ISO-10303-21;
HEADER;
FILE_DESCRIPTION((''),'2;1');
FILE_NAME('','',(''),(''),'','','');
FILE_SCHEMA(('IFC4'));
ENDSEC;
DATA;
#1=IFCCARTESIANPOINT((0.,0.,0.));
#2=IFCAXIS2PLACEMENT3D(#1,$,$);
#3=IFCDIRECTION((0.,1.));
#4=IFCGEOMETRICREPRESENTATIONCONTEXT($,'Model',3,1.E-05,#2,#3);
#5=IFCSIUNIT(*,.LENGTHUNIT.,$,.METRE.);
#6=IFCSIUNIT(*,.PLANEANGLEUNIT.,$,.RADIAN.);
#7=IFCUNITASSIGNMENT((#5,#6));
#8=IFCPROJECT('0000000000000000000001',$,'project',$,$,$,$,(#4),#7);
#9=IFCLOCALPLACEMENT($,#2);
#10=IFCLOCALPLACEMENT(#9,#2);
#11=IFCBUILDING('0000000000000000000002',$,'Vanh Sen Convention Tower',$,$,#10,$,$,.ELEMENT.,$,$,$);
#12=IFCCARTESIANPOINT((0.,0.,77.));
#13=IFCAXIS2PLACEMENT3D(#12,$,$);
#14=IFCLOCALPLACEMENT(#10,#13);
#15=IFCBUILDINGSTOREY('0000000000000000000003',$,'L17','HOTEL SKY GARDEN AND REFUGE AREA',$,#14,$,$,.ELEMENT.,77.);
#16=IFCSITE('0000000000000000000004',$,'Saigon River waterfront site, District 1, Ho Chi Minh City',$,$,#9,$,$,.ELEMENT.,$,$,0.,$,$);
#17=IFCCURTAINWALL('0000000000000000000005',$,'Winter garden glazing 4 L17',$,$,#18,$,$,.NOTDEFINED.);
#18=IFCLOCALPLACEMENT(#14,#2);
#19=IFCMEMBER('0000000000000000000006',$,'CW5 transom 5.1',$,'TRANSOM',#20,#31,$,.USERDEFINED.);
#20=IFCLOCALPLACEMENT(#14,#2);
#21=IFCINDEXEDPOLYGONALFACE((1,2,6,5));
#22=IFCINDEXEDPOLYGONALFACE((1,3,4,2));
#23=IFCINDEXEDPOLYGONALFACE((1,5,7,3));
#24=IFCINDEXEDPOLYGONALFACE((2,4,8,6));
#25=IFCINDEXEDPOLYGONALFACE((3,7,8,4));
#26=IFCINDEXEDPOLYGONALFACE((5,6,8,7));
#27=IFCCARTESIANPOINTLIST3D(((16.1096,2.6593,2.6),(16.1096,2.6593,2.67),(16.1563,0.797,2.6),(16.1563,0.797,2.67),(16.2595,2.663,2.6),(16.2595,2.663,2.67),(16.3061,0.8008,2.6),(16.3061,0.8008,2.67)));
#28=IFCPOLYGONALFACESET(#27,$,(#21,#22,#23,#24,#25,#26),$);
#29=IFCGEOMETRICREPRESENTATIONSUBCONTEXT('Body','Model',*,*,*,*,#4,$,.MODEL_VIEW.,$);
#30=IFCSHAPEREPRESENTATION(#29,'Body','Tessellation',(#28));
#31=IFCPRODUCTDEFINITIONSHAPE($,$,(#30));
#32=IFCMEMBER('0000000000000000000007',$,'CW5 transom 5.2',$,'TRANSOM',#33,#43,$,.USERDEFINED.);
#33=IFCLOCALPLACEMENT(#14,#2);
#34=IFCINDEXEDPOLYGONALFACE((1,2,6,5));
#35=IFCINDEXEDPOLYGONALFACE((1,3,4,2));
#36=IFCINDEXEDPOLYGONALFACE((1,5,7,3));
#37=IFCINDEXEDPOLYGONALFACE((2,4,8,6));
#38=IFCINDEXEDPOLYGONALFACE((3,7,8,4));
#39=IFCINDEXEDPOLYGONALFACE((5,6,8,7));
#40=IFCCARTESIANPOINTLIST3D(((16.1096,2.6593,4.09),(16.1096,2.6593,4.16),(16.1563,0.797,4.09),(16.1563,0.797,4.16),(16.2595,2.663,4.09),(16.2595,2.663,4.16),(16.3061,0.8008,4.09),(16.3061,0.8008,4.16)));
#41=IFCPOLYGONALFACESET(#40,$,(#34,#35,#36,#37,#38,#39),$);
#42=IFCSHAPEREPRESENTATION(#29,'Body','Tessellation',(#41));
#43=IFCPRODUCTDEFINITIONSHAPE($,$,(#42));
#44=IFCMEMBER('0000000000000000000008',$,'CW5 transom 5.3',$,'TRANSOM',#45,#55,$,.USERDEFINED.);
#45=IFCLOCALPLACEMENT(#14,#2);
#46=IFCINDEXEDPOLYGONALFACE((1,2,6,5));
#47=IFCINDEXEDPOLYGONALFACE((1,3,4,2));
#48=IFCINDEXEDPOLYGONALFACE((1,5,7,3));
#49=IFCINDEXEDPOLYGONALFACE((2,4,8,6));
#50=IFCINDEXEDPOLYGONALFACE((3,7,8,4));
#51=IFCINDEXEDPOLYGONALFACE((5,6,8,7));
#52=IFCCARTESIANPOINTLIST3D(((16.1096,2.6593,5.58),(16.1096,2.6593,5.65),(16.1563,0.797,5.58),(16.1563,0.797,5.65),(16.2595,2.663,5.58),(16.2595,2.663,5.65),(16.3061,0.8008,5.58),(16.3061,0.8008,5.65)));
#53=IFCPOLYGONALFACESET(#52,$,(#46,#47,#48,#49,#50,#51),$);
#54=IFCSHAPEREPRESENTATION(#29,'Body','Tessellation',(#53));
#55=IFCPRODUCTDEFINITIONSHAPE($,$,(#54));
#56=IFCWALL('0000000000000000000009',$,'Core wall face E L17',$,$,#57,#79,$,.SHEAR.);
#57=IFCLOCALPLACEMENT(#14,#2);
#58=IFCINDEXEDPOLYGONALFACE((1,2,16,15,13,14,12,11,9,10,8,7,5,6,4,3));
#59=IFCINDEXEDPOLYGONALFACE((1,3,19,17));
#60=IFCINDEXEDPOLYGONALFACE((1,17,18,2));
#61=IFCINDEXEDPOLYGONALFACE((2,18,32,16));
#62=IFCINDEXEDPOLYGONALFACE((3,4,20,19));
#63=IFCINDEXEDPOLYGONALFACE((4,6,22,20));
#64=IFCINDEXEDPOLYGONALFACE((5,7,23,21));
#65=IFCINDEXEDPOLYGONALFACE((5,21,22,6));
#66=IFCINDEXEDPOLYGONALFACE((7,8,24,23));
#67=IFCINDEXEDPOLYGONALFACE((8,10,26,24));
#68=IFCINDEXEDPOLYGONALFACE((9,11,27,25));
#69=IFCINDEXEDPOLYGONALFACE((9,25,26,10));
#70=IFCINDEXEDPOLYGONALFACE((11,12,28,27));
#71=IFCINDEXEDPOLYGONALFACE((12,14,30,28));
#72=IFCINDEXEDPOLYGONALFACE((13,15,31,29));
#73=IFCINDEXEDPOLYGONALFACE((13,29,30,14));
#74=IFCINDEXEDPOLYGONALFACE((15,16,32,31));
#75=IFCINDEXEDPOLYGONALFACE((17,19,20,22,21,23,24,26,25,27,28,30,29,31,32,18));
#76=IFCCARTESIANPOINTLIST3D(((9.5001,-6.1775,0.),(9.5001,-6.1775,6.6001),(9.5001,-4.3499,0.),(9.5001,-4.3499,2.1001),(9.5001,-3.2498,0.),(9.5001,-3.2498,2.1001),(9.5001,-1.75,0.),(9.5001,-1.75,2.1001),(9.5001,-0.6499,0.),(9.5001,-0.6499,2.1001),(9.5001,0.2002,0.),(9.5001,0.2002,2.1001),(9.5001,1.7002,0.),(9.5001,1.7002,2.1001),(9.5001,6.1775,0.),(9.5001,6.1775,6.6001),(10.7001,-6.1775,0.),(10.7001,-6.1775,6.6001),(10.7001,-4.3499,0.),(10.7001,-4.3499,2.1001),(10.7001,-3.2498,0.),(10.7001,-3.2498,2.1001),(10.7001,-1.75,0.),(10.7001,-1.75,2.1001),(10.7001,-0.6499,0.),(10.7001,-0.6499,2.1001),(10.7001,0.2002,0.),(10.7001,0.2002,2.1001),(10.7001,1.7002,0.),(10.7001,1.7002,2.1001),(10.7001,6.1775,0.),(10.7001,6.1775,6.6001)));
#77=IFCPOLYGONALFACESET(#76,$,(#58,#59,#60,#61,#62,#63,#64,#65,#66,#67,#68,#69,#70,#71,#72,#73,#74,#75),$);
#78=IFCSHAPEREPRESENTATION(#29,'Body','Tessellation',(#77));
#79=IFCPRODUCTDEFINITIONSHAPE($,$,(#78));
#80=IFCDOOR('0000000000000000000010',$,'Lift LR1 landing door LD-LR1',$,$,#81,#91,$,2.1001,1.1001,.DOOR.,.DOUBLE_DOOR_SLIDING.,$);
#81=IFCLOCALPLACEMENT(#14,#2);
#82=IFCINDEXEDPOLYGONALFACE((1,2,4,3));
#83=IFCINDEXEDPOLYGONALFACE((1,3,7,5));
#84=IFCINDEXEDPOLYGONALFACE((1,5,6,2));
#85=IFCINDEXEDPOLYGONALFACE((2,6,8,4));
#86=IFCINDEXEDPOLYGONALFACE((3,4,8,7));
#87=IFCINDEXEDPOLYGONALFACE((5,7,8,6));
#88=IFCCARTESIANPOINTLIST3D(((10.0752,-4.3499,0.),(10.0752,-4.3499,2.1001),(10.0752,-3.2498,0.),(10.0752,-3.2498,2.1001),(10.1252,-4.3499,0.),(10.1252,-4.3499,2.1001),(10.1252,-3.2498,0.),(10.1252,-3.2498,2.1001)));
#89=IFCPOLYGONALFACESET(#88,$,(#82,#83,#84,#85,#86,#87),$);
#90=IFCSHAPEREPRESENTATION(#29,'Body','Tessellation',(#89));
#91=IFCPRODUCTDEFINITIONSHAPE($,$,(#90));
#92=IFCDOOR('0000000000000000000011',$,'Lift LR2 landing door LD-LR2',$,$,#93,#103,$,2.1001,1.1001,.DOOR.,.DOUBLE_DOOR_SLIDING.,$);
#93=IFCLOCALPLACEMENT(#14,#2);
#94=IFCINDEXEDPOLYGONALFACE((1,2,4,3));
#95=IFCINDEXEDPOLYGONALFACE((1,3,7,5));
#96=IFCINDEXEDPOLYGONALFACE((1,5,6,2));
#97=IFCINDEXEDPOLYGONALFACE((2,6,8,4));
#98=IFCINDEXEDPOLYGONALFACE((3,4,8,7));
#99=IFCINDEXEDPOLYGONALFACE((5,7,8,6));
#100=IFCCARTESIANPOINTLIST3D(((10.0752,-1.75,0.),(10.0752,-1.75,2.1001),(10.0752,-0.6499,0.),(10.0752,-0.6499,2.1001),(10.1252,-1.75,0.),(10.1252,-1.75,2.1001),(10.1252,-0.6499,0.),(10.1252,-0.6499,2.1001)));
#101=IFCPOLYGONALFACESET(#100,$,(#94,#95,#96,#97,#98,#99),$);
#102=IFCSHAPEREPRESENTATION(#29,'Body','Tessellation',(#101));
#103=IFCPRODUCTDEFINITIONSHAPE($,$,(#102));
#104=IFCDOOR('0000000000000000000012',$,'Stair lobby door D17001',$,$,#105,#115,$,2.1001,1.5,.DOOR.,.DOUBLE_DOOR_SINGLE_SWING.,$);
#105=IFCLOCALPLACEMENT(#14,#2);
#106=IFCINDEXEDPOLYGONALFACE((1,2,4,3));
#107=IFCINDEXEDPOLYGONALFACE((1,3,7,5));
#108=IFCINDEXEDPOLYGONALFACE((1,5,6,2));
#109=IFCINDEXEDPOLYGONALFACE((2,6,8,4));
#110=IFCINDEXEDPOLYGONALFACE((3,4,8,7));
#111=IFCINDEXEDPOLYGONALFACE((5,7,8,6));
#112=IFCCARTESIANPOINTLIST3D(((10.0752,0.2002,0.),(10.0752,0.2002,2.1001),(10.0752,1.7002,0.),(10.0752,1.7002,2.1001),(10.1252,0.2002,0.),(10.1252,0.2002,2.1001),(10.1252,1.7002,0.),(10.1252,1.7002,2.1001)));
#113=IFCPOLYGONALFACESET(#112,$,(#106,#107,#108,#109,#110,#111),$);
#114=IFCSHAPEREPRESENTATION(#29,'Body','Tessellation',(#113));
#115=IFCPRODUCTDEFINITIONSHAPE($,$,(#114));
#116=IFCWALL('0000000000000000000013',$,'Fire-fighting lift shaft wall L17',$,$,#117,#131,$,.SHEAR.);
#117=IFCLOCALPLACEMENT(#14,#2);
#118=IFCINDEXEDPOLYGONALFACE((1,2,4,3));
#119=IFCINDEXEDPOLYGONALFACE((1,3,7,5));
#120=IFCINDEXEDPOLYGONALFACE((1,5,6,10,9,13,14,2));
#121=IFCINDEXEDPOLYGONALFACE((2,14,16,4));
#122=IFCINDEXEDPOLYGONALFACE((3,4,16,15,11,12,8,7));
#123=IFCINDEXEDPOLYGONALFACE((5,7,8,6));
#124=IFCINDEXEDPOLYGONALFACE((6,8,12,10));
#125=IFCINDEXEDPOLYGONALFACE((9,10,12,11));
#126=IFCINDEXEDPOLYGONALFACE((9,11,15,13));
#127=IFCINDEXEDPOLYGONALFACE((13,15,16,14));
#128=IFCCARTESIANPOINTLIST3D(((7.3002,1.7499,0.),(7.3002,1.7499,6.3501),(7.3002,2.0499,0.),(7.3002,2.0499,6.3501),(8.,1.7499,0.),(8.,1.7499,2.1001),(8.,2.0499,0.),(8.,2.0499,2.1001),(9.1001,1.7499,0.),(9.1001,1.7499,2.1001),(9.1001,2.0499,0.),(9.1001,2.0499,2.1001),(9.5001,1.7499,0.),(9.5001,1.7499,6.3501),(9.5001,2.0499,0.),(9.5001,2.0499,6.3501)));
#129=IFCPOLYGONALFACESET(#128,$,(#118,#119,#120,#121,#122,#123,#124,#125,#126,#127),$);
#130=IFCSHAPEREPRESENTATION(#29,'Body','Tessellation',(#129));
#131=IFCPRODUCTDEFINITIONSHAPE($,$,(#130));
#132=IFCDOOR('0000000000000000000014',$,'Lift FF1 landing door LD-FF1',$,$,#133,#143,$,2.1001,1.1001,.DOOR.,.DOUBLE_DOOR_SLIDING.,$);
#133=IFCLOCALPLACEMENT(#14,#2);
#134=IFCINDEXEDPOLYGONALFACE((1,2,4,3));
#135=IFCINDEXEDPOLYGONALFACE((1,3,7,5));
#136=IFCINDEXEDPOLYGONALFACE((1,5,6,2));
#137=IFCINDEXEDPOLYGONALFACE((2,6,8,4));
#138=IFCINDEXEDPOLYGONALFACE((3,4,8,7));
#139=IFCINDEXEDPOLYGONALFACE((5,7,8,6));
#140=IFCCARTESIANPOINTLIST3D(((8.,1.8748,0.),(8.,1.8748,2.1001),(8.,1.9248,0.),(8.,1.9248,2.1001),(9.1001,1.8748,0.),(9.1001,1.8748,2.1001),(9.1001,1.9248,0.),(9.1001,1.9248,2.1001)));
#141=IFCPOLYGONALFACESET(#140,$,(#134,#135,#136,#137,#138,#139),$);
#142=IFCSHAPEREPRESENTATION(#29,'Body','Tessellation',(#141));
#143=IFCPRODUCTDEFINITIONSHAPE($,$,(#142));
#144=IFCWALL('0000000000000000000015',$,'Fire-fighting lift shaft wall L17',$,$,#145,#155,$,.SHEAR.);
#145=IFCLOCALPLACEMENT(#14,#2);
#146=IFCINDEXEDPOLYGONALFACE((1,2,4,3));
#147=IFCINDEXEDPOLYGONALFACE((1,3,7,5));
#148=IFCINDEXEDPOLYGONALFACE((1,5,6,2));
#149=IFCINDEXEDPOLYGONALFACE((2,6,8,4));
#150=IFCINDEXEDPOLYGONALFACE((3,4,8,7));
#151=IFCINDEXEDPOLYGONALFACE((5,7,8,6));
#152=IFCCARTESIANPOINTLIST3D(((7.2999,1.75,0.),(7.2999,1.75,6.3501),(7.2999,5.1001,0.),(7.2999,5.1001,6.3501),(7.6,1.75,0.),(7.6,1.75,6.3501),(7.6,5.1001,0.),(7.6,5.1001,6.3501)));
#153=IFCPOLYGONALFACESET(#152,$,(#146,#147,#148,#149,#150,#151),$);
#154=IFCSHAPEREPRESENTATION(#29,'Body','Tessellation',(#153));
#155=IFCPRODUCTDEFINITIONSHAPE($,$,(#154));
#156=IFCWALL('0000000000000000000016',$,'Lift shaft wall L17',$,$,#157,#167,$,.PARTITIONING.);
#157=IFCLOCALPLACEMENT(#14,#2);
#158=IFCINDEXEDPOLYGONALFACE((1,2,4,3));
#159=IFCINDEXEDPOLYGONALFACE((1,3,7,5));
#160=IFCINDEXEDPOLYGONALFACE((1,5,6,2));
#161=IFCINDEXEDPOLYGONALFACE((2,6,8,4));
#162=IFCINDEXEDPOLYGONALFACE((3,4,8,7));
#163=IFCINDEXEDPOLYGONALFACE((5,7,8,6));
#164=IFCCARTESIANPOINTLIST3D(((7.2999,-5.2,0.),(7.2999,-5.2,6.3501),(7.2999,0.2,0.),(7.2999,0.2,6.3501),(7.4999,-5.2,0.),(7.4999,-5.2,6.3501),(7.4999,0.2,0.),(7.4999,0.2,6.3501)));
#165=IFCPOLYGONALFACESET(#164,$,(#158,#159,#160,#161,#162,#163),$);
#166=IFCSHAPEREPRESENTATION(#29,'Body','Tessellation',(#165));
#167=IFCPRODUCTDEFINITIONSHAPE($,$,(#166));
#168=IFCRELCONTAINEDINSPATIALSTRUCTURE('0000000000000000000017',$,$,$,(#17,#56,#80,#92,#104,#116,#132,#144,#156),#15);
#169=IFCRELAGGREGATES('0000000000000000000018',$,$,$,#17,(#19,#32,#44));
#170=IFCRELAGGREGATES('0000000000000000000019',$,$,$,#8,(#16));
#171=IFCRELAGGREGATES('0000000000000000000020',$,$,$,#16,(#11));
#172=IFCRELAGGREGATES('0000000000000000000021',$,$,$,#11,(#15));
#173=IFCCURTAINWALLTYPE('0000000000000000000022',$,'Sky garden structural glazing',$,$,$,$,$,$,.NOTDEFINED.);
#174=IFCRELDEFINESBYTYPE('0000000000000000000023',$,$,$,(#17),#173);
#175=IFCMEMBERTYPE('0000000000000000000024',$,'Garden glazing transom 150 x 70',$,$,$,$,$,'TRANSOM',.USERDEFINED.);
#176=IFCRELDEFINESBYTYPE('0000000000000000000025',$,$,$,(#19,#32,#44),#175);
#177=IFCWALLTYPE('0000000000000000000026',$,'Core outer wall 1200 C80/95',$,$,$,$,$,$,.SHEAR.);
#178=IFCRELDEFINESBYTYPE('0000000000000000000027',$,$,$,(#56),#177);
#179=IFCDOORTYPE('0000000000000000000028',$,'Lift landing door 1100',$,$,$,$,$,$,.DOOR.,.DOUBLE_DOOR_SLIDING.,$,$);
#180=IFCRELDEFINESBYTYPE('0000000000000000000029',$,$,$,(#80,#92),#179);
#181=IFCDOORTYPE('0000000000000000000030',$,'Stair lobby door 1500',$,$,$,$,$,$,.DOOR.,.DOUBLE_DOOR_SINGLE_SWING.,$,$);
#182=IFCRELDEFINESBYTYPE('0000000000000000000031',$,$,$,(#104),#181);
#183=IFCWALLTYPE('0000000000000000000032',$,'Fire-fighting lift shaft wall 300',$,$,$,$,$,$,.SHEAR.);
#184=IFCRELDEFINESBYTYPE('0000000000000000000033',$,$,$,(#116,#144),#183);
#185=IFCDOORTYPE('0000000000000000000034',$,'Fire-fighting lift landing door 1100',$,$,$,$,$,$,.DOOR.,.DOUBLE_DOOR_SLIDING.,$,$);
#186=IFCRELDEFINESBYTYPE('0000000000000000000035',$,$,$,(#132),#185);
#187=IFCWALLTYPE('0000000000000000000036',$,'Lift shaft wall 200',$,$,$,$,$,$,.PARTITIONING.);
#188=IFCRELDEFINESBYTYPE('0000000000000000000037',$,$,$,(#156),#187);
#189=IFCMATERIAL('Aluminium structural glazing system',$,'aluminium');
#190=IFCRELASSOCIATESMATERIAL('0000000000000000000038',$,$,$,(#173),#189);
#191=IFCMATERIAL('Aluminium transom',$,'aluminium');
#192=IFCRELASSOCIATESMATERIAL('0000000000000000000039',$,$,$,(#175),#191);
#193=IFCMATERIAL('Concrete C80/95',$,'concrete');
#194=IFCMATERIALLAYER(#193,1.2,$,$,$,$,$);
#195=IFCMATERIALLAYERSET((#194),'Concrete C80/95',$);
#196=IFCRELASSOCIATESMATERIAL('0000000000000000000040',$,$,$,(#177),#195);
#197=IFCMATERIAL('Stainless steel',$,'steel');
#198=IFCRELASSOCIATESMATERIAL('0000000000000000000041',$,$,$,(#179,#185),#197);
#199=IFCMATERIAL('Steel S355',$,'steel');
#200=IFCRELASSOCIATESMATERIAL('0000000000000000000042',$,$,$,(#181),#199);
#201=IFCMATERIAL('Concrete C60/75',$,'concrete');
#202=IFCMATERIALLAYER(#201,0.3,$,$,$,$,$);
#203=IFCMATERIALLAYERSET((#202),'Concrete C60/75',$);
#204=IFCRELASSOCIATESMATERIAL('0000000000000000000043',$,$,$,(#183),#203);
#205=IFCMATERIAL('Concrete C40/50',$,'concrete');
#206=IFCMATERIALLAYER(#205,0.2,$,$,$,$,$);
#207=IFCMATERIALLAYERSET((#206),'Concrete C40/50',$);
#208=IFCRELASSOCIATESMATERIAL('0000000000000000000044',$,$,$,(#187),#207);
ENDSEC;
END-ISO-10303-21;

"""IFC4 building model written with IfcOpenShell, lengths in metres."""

from ifc_helpers import new_model, si_unit, direction, frame, frame_2d, origin, origin_2d, place, context, subcontext, project, spatial, rectangle, extrude, material, layer, layer_set, material_profile, profile_set, type_object, element, fill, aggregate, save


model = new_model("IFC4")

# Units and contexts
model_context = context("Model", 3, precision=1e-05, world=origin(), true_north=direction((0.0, 1.0)))
body_context = subcontext(model_context, "Body", "Model", "MODEL_VIEW")
ifc_project = project(units=[si_unit("LENGTHUNIT", "METRE"), si_unit("PLANEANGLEUNIT", "RADIAN")], contexts=[model_context])

# Site, building, storey
site_placement = place(None, origin())
site = spatial("IfcSite", under=ifc_project, at=site_placement, Name="Saigon River waterfront site, District 1, Ho Chi Minh City", CompositionType="ELEMENT", RefElevation=0.0)
building_placement = place(site_placement, origin())
building = spatial("IfcBuilding", under=site, at=building_placement, Name="Vanh Sen Convention Tower", CompositionType="ELEMENT")
storey_placement = place(building_placement, frame((0.0, 0.0, 77.0)))
storey = spatial("IfcBuildingStorey", under=building, at=storey_placement, Name="L17", Description="HOTEL SKY GARDEN AND REFUGE AREA", CompositionType="ELEMENT", Elevation=77.0)

# Curtain wall, members
ifc_material_1 = material(Name="Aluminium structural glazing system", Category="aluminium")
curtain_wall_type = type_object("IfcCurtainWallType", Name="Sky garden structural glazing", PredefinedType="NOTDEFINED", material=ifc_material_1)
curtain_wall_placement = place(storey_placement, origin())
curtain_wall = element("IfcCurtainWall", 1, at=curtain_wall_placement, inside=storey, type_object=curtain_wall_type, Name="Winter garden glazing 4 L17", PredefinedType="NOTDEFINED")
ifc_material_2 = material(Name="Aluminium transom", Category="aluminium")
ifc_material_profile = material_profile(ifc_material_2, rectangle(XDim=0.1499, YDim=0.0701, at=origin_2d()), Name="Garden glazing transom 150 x 70")
ifc_profile_set = profile_set([ifc_material_profile], Name="Aluminium transom")
member_type = type_object("IfcMemberType", Name="Garden glazing transom 150 x 70", ElementType="TRANSOM", PredefinedType="USERDEFINED", material=ifc_profile_set)
member_1_placement = place(storey_placement, frame((16.1846, 2.6611, 2.635), z_axis=(0.025031, -0.999687, 0.0), x_axis=(0.999687, 0.025031, 0.0)))
member_1 = element("IfcMember", 2, at=member_1_placement, type_object=member_type, Name="CW5 transom 5.1", ObjectType="TRANSOM", PredefinedType="USERDEFINED", context=body_context, shape_type="SweptSolid", body=[
    extrude(rectangle(XDim=0.1499, YDim=0.0701, at=origin_2d()), origin(), (0.0, 0.0, 1.0), 1.8628),
])
member_2_placement = place(storey_placement, frame((16.1846, 2.6611, 4.125), z_axis=(0.025031, -0.999687, 0.0), x_axis=(0.999687, 0.025031, 0.0)))
member_2 = element("IfcMember", 3, at=member_2_placement, type_object=member_type, Name="CW5 transom 5.2", ObjectType="TRANSOM", PredefinedType="USERDEFINED", context=body_context, shape_type="SweptSolid", body=[
    extrude(rectangle(XDim=0.1499, YDim=0.0701, at=origin_2d()), origin(), (0.0, 0.0, 1.0), 1.8628),
])
member_3_placement = place(storey_placement, frame((16.1846, 2.6611, 5.615), z_axis=(0.025031, -0.999687, 0.0), x_axis=(0.999687, 0.025031, 0.0)))
member_3 = element("IfcMember", 4, at=member_3_placement, type_object=member_type, Name="CW5 transom 5.3", ObjectType="TRANSOM", PredefinedType="USERDEFINED", context=body_context, shape_type="SweptSolid", body=[
    extrude(rectangle(XDim=0.1499, YDim=0.0701, at=origin_2d()), origin(), (0.0, 0.0, 1.0), 1.8628),
])
aggregate(curtain_wall, [member_1, member_2, member_3])

# Wall, openings, doors
ifc_material_3 = material(Name="Concrete C80/95", Category="concrete")
ifc_layer_1 = layer(ifc_material_3, 1.2)
ifc_layer_set_1 = layer_set([ifc_layer_1], Name="Concrete C80/95")
wall_type_1 = type_object("IfcWallType", Name="Core outer wall 1200 C80/95", PredefinedType="SHEAR", material=ifc_layer_set_1)
wall_1_placement = place(storey_placement, frame((10.1001, -6.1775, 0.0), z_axis=(0.0, 0.0, 1.0), x_axis=(0.0, 1.0, 0.0)))
wall_1 = element("IfcWall", 5, at=wall_1_placement, inside=storey, type_object=wall_type_1, Name="Core wall face E L17", PredefinedType="SHEAR", context=body_context, shape_type="SweptSolid", body=[
    extrude(rectangle(XDim=12.355, YDim=1.2, at=frame_2d((6.1775, 0.0))), origin(), (0.0, 0.0, 1.0), 6.6001),
])
opening_1_placement = place(wall_1_placement, frame((6.3777, 0.0, 0.0)))
opening_1 = element("IfcOpeningElement", 6, at=opening_1_placement, cuts=wall_1, PredefinedType="OPENING", context=body_context, shape_type="SweptSolid", body=[
    extrude(rectangle(XDim=1.5, YDim=2.1001, at=frame_2d((0.75, 1.05))), frame((0.0, 0.6099, 0.0), z_axis=(0.0, -1.0, 0.0), x_axis=(1.0, 0.0, 0.0)), (0.0, 0.0, 1.0), 1.22),
])
opening_2_placement = place(wall_1_placement, frame((1.8276, 0.0, 0.0)))
opening_2 = element("IfcOpeningElement", 7, at=opening_2_placement, cuts=wall_1, PredefinedType="OPENING", context=body_context, shape_type="SweptSolid", body=[
    extrude(rectangle(XDim=1.1001, YDim=2.1001, at=frame_2d((0.55, 1.05))), frame((0.0, 0.6099, 0.0), z_axis=(0.0, -1.0, 0.0), x_axis=(1.0, 0.0, 0.0)), (0.0, 0.0, 1.0), 1.22),
])
opening_3_placement = place(wall_1_placement, frame((4.4275, 0.0, 0.0)))
opening_3 = element("IfcOpeningElement", 8, at=opening_3_placement, cuts=wall_1, PredefinedType="OPENING", context=body_context, shape_type="SweptSolid", body=[
    extrude(rectangle(XDim=1.1001, YDim=2.1001, at=frame_2d((0.55, 1.05))), frame((0.0, 0.6099, 0.0), z_axis=(0.0, -1.0, 0.0), x_axis=(1.0, 0.0, 0.0)), (0.0, 0.0, 1.0), 1.22),
])
ifc_material_4 = material(Name="Stainless steel", Category="steel")
door_type_1 = type_object("IfcDoorType", Name="Lift landing door 1100", OperationType="DOUBLE_DOOR_SLIDING", PredefinedType="DOOR", material=ifc_material_4)
door_1_placement = place(opening_2_placement, origin())
door_1 = element("IfcDoor", 9, at=door_1_placement, inside=storey, type_object=door_type_1, Name="Lift LR1 landing door LD-LR1", OperationType="DOUBLE_DOOR_SLIDING", OverallHeight=2.1001, OverallWidth=1.1001, PredefinedType="DOOR", context=body_context, shape_type="SweptSolid", body=[
    extrude(rectangle(XDim=1.1001, YDim=2.1001, at=frame_2d((0.55, 1.05))), frame((0.0, 0.0249, 0.0), z_axis=(0.0, -1.0, 0.0), x_axis=(1.0, 0.0, 0.0)), (0.0, 0.0, 1.0), 0.05),
])
fill(opening_2, door_1)
door_2_placement = place(opening_3_placement, origin())
door_2 = element("IfcDoor", 10, at=door_2_placement, inside=storey, type_object=door_type_1, Name="Lift LR2 landing door LD-LR2", OperationType="DOUBLE_DOOR_SLIDING", OverallHeight=2.1001, OverallWidth=1.1001, PredefinedType="DOOR", context=body_context, shape_type="SweptSolid", body=[
    extrude(rectangle(XDim=1.1001, YDim=2.1001, at=frame_2d((0.55, 1.05))), frame((0.0, 0.0249, 0.0), z_axis=(0.0, -1.0, 0.0), x_axis=(1.0, 0.0, 0.0)), (0.0, 0.0, 1.0), 0.05),
])
fill(opening_3, door_2)
ifc_material_5 = material(Name="Steel S355", Category="steel")
door_type_2 = type_object("IfcDoorType", Name="Stair lobby door 1500", OperationType="DOUBLE_DOOR_SINGLE_SWING", PredefinedType="DOOR", material=ifc_material_5)
door_3_placement = place(opening_1_placement, origin())
door_3 = element("IfcDoor", 11, at=door_3_placement, inside=storey, type_object=door_type_2, Name="Stair lobby door D17001", OperationType="DOUBLE_DOOR_SINGLE_SWING", OverallHeight=2.1001, OverallWidth=1.5, PredefinedType="DOOR", context=body_context, shape_type="SweptSolid", body=[
    extrude(rectangle(XDim=1.5, YDim=2.1001, at=frame_2d((0.75, 1.05))), frame((0.0, 0.0249, 0.0), z_axis=(0.0, -1.0, 0.0), x_axis=(1.0, 0.0, 0.0)), (0.0, 0.0, 1.0), 0.05),
])
fill(opening_1, door_3)

# Wall, opening, door
ifc_material_6 = material(Name="Concrete C60/75", Category="concrete")
ifc_layer_2 = layer(ifc_material_6, 0.3)
ifc_layer_set_2 = layer_set([ifc_layer_2], Name="Concrete C60/75")
wall_type_2 = type_object("IfcWallType", Name="Fire-fighting lift shaft wall 300", PredefinedType="SHEAR", material=ifc_layer_set_2)
wall_2_placement = place(storey_placement, frame((7.3, 1.8999, 0.0), z_axis=(0.0, 0.0, 1.0), x_axis=(1.0, 0.0, 0.0)))
wall_2 = element("IfcWall", 12, at=wall_2_placement, inside=storey, type_object=wall_type_2, Name="Fire-fighting lift shaft wall L17", PredefinedType="SHEAR", context=body_context, shape_type="SweptSolid", body=[
    extrude(rectangle(XDim=2.2, YDim=0.3, at=frame_2d((1.1001, 0.0))), origin(), (0.0, 0.0, 1.0), 6.3501),
])
opening_4_placement = place(wall_2_placement, frame((0.7, 0.0, 0.0)))
opening_4 = element("IfcOpeningElement", 13, at=opening_4_placement, cuts=wall_2, PredefinedType="OPENING", context=body_context, shape_type="SweptSolid", body=[
    extrude(rectangle(XDim=1.1001, YDim=2.1001, at=frame_2d((0.55, 1.05))), frame((0.0, 0.1599, 0.0), z_axis=(0.0, -1.0, 0.0), x_axis=(1.0, 0.0, 0.0)), (0.0, 0.0, 1.0), 0.3201),
])
door_type_3 = type_object("IfcDoorType", Name="Fire-fighting lift landing door 1100", OperationType="DOUBLE_DOOR_SLIDING", PredefinedType="DOOR", material=ifc_material_4)
door_4_placement = place(opening_4_placement, origin())
door_4 = element("IfcDoor", 14, at=door_4_placement, inside=storey, type_object=door_type_3, Name="Lift FF1 landing door LD-FF1", OperationType="DOUBLE_DOOR_SLIDING", OverallHeight=2.1001, OverallWidth=1.1001, PredefinedType="DOOR", context=body_context, shape_type="SweptSolid", body=[
    extrude(rectangle(XDim=1.1001, YDim=2.1001, at=frame_2d((0.55, 1.05))), frame((0.0, 0.0249, 0.0), z_axis=(0.0, -1.0, 0.0), x_axis=(1.0, 0.0, 0.0)), (0.0, 0.0, 1.0), 0.05),
])
fill(opening_4, door_4)

# Walls
wall_3_placement = place(storey_placement, frame((7.45, 1.75, 0.0), z_axis=(0.0, 0.0, 1.0), x_axis=(0.0, 1.0, 0.0)))
element("IfcWall", 15, at=wall_3_placement, inside=storey, type_object=wall_type_2, Name="Fire-fighting lift shaft wall L17", PredefinedType="SHEAR", context=body_context, shape_type="SweptSolid", body=[
    extrude(rectangle(XDim=3.3501, YDim=0.3, at=frame_2d((1.675, 0.0))), origin(), (0.0, 0.0, 1.0), 6.3501),
])
ifc_material_7 = material(Name="Concrete C40/50", Category="concrete")
ifc_layer_3 = layer(ifc_material_7, 0.2)
ifc_layer_set_3 = layer_set([ifc_layer_3], Name="Concrete C40/50")
wall_type_3 = type_object("IfcWallType", Name="Lift shaft wall 200", PredefinedType="PARTITIONING", material=ifc_layer_set_3)
wall_4_placement = place(storey_placement, frame((7.3999, -5.2, 0.0), z_axis=(0.0, 0.0, 1.0), x_axis=(0.0, 1.0, 0.0)))
element("IfcWall", 16, at=wall_4_placement, inside=storey, type_object=wall_type_3, Name="Lift shaft wall L17", PredefinedType="PARTITIONING", context=body_context, shape_type="SweptSolid", body=[
    extrude(rectangle(XDim=5.3999, YDim=0.2, at=frame_2d((2.7, 0.0))), origin(), (0.0, 0.0, 1.0), 6.3501),
])

save(model, "model.ifc")
